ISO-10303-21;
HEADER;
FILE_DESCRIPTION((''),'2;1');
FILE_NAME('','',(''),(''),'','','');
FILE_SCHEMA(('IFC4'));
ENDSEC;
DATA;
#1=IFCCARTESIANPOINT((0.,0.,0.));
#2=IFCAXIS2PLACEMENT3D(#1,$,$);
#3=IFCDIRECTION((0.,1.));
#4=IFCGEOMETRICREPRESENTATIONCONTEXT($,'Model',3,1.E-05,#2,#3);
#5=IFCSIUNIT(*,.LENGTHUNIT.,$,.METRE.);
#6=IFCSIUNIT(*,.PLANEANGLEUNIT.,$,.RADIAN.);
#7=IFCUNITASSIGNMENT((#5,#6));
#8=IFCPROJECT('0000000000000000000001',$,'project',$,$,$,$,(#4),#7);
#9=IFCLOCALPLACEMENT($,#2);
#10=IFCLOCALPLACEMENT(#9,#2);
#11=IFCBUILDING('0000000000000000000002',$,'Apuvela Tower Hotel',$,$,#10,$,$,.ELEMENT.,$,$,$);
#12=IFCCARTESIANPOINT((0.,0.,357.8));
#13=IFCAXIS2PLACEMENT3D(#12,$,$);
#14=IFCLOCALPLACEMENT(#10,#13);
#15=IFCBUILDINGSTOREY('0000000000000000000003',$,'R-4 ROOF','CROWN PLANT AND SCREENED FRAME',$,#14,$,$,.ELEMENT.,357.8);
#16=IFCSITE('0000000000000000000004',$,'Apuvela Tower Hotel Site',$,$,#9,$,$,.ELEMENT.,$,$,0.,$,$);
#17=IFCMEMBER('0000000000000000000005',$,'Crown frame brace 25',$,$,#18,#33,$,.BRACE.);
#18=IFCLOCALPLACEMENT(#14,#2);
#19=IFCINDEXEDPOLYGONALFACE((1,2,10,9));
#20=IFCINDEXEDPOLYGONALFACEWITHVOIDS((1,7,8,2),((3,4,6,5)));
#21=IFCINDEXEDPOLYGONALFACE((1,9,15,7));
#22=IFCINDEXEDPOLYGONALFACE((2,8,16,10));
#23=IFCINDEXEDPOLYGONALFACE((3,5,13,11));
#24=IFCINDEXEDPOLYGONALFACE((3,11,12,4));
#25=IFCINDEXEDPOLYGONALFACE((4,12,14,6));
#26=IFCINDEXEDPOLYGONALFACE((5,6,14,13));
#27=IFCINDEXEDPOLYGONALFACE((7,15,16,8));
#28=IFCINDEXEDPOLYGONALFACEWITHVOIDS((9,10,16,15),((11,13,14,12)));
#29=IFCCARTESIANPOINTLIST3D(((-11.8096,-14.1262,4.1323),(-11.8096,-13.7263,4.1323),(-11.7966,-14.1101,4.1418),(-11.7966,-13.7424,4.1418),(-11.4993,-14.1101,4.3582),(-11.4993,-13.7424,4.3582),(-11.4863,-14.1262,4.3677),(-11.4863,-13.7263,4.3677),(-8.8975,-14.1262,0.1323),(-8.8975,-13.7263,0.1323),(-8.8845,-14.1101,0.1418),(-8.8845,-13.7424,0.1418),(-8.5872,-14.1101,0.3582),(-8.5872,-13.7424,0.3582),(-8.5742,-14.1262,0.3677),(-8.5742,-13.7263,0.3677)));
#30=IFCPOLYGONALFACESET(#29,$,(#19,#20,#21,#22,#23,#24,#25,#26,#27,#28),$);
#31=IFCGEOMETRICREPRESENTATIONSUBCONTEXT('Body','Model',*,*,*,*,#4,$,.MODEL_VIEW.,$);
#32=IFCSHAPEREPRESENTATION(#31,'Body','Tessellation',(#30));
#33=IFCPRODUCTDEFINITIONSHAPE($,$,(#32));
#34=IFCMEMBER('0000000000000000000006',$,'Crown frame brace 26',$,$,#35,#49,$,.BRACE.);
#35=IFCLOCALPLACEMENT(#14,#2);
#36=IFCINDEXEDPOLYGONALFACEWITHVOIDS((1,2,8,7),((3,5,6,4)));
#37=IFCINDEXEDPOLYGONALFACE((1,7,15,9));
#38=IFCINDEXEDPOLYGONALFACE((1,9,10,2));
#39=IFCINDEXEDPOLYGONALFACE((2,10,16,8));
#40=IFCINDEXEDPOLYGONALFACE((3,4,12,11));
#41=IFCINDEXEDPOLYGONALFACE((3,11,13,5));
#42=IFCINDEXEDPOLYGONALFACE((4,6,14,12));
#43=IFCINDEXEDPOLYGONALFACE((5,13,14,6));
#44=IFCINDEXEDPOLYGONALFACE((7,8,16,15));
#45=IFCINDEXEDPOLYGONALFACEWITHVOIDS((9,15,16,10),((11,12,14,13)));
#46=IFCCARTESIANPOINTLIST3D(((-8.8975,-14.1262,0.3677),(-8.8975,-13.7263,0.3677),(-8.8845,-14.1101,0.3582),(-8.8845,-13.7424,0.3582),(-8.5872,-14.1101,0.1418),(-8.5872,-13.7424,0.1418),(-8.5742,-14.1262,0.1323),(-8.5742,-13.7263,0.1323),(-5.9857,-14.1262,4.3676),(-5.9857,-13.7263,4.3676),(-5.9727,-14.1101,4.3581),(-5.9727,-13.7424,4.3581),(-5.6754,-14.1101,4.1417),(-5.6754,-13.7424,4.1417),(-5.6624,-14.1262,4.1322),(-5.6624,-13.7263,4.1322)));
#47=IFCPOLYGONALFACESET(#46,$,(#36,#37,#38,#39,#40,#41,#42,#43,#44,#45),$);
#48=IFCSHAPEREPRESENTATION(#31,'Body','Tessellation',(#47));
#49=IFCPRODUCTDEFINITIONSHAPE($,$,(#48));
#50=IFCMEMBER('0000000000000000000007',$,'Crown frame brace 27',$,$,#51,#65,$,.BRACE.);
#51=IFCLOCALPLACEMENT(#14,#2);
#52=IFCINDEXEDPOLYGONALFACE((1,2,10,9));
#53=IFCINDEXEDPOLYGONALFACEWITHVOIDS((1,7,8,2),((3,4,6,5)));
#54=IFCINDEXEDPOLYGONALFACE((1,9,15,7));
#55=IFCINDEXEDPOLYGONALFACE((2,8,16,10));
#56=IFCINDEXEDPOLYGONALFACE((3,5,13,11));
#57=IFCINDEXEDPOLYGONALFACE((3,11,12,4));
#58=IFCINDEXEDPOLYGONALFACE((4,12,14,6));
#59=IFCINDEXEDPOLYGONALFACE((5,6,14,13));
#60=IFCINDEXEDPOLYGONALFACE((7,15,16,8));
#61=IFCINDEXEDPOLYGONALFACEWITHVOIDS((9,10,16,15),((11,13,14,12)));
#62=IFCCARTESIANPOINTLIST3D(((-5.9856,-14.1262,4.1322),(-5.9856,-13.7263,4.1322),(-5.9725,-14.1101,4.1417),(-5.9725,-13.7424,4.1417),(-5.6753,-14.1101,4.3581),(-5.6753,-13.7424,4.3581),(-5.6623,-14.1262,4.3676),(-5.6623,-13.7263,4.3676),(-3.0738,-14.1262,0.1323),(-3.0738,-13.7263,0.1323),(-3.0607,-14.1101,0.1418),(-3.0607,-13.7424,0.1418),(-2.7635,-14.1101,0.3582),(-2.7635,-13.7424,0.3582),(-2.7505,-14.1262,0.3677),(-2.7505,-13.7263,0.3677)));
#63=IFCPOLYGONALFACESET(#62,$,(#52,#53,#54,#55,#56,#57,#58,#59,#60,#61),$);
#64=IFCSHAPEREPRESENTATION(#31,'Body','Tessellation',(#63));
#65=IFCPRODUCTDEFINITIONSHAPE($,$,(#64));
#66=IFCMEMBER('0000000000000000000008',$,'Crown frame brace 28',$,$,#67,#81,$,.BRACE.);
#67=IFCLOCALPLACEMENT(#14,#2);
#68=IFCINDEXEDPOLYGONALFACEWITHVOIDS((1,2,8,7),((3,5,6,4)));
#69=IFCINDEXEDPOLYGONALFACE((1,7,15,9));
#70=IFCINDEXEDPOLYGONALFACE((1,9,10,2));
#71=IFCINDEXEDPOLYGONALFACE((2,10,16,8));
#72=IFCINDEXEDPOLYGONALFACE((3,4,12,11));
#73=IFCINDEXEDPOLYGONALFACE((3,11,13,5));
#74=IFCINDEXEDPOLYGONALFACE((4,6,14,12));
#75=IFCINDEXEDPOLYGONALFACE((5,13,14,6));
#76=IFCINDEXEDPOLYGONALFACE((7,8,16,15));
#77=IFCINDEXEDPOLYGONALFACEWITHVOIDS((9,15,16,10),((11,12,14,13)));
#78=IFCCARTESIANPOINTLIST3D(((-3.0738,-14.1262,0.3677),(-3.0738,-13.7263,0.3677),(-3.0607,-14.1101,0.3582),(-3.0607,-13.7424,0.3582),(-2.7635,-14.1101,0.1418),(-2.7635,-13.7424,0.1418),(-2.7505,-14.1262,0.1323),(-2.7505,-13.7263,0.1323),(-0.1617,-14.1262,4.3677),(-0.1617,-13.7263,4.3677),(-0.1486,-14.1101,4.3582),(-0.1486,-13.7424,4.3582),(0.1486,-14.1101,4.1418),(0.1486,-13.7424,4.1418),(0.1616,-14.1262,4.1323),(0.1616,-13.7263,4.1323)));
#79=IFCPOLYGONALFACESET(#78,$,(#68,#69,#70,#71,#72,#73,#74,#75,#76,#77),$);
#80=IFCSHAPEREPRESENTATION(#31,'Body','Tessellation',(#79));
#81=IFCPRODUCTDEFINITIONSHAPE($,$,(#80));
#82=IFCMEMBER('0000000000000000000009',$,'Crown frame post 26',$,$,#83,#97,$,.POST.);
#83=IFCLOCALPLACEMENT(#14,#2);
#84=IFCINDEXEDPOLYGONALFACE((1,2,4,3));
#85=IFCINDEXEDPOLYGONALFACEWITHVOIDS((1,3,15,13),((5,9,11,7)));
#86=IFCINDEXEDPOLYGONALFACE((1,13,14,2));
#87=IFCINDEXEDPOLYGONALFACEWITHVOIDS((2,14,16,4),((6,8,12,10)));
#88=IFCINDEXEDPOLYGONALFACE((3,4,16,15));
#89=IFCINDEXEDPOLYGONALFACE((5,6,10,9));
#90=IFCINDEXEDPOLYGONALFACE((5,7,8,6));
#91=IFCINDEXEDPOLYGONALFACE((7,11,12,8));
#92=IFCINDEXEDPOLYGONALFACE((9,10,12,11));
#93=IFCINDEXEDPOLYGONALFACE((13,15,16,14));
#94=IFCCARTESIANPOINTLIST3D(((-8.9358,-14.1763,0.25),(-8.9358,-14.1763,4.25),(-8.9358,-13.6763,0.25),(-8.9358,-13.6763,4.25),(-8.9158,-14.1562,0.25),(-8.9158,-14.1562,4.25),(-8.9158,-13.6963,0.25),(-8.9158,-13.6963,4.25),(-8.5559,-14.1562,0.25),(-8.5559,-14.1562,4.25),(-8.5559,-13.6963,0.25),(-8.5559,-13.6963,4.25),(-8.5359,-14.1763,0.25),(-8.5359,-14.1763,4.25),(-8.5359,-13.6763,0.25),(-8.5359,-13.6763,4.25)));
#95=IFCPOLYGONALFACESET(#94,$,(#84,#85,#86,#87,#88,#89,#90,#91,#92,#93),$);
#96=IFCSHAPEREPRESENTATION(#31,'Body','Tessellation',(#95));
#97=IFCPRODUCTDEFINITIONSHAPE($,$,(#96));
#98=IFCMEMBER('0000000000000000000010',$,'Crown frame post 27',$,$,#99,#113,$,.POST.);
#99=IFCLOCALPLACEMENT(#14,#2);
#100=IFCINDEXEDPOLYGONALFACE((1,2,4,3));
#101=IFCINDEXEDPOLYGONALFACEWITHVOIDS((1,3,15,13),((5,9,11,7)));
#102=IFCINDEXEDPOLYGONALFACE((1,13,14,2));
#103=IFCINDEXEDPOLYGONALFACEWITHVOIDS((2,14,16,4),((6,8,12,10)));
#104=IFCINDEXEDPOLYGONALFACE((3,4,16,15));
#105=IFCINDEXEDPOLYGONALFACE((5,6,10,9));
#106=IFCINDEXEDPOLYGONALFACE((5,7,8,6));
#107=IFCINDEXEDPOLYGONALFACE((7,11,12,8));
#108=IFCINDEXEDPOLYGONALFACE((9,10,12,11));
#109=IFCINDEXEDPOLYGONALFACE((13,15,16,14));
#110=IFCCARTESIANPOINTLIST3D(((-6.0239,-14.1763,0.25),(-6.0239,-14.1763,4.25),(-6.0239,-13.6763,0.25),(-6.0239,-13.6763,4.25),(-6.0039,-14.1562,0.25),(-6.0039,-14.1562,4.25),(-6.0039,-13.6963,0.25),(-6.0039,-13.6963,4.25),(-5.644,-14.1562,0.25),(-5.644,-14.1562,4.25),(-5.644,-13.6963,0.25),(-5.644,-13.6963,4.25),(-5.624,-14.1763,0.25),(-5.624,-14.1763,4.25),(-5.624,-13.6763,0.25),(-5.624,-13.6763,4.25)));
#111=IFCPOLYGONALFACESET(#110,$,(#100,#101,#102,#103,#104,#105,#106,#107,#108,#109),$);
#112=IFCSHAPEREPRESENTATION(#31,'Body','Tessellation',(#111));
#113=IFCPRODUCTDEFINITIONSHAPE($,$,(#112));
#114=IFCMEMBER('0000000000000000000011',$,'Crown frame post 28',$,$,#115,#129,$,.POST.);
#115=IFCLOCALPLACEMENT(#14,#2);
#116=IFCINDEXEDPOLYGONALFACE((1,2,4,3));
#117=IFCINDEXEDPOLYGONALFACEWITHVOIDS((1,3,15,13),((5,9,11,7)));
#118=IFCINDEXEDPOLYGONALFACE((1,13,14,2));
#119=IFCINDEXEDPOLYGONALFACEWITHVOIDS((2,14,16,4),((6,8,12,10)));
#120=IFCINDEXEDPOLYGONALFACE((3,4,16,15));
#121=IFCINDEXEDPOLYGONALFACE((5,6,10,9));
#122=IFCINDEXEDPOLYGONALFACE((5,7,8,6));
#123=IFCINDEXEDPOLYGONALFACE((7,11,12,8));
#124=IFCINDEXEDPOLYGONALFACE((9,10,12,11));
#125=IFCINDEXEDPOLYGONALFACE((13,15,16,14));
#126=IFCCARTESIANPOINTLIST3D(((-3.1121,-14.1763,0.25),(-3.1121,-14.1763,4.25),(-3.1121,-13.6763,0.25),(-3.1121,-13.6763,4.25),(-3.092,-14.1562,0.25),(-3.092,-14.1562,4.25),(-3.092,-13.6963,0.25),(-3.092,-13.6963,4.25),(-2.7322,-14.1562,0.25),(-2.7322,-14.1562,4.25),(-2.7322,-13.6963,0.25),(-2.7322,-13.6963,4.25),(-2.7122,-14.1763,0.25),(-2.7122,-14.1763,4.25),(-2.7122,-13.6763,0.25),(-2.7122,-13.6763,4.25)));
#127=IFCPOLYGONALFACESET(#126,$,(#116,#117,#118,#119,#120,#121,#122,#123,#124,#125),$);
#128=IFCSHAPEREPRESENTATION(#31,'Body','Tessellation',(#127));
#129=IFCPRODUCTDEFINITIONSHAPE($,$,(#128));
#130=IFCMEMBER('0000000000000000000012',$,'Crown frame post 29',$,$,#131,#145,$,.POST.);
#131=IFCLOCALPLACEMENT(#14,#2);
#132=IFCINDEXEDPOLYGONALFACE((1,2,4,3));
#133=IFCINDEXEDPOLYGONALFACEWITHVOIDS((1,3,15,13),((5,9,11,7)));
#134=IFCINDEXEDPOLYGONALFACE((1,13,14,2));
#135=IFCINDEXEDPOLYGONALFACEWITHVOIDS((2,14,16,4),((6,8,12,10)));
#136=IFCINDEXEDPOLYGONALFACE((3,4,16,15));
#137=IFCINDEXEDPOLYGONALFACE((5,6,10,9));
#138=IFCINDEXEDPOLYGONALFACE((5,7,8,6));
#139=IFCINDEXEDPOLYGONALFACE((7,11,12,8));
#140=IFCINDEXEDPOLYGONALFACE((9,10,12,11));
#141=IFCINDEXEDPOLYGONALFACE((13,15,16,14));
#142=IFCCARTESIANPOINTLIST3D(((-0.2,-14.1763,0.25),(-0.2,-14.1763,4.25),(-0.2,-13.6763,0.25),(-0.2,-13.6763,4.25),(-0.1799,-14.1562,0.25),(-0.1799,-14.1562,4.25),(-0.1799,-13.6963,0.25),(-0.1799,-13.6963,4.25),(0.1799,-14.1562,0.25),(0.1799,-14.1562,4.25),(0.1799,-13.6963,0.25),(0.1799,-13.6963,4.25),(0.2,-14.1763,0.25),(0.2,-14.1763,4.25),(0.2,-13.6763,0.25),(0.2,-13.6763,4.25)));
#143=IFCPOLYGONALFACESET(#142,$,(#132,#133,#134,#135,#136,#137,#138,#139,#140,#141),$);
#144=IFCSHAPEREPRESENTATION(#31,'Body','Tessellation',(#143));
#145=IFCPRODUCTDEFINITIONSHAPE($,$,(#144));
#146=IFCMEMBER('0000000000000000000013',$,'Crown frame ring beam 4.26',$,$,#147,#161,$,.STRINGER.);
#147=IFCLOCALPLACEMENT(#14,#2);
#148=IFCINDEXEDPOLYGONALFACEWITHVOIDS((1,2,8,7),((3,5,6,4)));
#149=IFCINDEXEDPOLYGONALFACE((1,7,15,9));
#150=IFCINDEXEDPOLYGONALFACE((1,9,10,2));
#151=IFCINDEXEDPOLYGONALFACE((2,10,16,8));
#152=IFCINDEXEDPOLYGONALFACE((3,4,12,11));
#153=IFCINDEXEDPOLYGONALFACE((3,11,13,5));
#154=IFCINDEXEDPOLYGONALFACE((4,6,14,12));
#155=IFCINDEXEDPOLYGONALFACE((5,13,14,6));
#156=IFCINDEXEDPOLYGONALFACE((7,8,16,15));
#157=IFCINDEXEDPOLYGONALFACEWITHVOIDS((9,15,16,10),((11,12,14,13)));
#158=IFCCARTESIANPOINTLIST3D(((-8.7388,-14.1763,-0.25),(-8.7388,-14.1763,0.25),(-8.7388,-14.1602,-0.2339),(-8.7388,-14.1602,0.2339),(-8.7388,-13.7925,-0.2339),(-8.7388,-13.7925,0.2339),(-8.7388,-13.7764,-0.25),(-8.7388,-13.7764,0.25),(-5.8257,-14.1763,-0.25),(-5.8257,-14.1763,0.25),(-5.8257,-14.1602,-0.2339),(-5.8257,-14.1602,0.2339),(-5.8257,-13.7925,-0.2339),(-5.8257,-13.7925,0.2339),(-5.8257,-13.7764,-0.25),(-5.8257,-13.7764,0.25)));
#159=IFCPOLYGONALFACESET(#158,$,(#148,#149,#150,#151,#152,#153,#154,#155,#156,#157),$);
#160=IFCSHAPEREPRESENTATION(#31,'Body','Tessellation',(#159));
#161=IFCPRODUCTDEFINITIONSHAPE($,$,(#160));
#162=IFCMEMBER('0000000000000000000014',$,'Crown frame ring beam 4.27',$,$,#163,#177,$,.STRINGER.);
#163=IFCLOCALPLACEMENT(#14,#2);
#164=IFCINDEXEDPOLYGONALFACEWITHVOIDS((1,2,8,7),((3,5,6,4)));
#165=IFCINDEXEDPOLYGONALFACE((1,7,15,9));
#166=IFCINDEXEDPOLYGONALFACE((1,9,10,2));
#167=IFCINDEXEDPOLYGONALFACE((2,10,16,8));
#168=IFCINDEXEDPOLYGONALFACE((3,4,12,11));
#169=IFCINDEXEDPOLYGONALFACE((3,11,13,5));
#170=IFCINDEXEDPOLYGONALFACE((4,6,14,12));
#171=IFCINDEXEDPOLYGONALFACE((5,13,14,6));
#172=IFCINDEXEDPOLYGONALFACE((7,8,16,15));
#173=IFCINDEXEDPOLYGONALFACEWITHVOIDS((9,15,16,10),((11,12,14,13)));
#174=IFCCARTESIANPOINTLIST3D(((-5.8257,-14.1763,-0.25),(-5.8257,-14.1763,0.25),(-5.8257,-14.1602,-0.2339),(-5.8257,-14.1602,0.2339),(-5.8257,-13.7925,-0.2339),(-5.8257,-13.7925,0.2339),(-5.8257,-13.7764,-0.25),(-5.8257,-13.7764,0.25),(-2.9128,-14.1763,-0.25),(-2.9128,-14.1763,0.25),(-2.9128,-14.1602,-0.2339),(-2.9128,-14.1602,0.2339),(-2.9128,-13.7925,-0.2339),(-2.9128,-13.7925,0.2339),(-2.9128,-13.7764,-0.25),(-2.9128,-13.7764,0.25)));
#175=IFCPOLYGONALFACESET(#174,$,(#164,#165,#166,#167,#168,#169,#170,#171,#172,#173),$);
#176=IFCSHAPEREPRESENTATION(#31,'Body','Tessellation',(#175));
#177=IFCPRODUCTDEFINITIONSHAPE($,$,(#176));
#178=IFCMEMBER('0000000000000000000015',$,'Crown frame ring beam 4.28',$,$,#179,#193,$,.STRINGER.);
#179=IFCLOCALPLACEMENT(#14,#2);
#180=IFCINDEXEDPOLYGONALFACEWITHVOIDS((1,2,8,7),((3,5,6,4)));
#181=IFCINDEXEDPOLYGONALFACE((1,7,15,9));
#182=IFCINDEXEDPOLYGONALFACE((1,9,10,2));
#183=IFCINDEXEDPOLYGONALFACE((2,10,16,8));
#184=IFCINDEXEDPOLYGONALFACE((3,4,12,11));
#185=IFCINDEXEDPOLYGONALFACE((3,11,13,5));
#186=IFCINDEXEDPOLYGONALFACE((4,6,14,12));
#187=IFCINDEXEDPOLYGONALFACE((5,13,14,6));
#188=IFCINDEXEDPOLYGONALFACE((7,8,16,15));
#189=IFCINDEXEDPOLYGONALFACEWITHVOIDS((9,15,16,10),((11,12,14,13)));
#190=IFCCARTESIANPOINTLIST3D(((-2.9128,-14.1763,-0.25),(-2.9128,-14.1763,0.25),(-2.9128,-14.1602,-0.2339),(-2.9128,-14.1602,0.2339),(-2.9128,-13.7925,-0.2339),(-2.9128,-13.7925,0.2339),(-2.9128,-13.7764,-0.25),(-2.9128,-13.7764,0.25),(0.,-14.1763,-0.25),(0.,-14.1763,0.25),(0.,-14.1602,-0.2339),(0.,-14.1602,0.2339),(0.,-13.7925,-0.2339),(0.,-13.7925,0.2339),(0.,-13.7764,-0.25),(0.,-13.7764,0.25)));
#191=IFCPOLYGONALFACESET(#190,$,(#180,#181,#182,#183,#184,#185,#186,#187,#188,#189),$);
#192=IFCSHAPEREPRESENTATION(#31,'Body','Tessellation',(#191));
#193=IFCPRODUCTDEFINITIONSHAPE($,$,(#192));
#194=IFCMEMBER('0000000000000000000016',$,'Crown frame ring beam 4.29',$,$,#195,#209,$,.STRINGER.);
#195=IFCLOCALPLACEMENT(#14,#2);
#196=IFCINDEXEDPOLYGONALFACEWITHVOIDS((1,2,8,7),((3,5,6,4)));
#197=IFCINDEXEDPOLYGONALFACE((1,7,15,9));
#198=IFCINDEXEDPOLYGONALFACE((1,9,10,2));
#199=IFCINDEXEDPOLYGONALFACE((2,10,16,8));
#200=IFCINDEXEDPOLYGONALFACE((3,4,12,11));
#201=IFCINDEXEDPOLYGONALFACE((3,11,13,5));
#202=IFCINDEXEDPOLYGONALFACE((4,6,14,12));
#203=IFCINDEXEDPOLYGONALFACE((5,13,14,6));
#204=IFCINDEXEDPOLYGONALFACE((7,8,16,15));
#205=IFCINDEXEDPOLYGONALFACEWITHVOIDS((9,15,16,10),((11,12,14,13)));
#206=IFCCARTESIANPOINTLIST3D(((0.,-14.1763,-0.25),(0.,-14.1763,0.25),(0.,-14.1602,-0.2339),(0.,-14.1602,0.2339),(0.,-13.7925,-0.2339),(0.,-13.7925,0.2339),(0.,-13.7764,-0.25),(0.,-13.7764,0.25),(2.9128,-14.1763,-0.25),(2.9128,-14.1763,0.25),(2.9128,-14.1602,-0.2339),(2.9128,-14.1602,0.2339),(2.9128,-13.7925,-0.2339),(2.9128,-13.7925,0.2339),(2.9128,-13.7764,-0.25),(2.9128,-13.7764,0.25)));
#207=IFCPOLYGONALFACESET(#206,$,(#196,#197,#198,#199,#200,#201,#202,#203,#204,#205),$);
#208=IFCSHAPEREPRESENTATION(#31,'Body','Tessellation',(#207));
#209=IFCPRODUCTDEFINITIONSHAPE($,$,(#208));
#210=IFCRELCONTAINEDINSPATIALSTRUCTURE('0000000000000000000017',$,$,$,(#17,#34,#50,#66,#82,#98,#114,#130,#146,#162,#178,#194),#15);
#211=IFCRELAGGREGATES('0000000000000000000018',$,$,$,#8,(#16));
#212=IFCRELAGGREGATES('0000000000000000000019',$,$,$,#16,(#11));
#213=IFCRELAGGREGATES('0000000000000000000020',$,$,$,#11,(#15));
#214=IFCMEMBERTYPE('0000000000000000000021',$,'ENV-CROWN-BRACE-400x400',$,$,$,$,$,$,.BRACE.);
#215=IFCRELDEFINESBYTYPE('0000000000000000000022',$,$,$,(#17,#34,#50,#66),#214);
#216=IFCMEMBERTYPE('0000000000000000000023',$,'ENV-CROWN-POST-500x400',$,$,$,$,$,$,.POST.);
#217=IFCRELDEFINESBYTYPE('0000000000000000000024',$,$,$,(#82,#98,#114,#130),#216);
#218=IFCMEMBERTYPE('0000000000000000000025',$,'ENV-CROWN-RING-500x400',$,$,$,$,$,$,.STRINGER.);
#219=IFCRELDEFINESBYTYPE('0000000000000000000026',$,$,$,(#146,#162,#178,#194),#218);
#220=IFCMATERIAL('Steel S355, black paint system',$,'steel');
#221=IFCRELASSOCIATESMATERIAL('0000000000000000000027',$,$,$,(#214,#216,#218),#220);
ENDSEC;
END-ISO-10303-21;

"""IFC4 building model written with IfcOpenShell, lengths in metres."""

from ifc_helpers import new_model, si_unit, direction, frame, origin, origin_2d, place, context, subcontext, project, spatial, hollow_rectangle, extrude, material, material_profile, profile_set, type_object, element, save


model = new_model("IFC4")

# Units and contexts
model_context = context("Model", 3, precision=1e-05, world=origin(), true_north=direction((0.0, 1.0)))
body_context = subcontext(model_context, "Body", "Model", "MODEL_VIEW")
ifc_project = project(units=[si_unit("LENGTHUNIT", "METRE"), si_unit("PLANEANGLEUNIT", "RADIAN")], contexts=[model_context])

# Site, building, storey
site_placement = place(None, origin())
site = spatial("IfcSite", under=ifc_project, at=site_placement, Name="Apuvela Tower Hotel Site", CompositionType="ELEMENT", RefElevation=0.0)
building_placement = place(site_placement, origin())
building = spatial("IfcBuilding", under=site, at=building_placement, Name="Apuvela Tower Hotel", CompositionType="ELEMENT")
storey_placement = place(building_placement, frame((0.0, 0.0, 357.8)))
storey = spatial("IfcBuildingStorey", under=building, at=storey_placement, Name="R-4 ROOF", Description="CROWN PLANT AND SCREENED FRAME", CompositionType="ELEMENT", Elevation=357.8)

# Members
ifc_material_1 = material(Name="Steel S355, black paint system", Category="steel")
ifc_material_profile_1 = material_profile(ifc_material_1, hollow_rectangle(XDim=0.3999, YDim=0.3999, WallThickness=0.0161, at=origin_2d()), Name="HSS 400x400x16")
ifc_profile_set_1 = profile_set([ifc_material_profile_1], Name="Steel S355, black paint system")
member_type_1 = type_object("IfcMemberType", Name="ENV-CROWN-BRACE-400x400", PredefinedType="BRACE", material=ifc_profile_set_1)
member_1_placement = place(storey_placement, frame((-8.7358, -13.9263, 0.25), z_axis=(-0.588571, 0.0, 0.808446), x_axis=(0.0, -1.0, 0.0)))
element("IfcMember", 1, at=member_1_placement, inside=storey, type_object=member_type_1, Name="Crown frame brace 25", PredefinedType="BRACE", context=body_context, shape_type="SweptSolid", body=[
    extrude(hollow_rectangle(XDim=0.3999, YDim=0.3999, WallThickness=0.0161, at=origin_2d()), origin(), (0.0, 0.0, 1.0), 4.9478),
])
for number, where, z_axis, x_axis, name in (
    (2, (-8.7358, -13.9263, 0.25), (0.588538, 0.0, 0.808469), (0.0, 1.0, 0.0), "Crown frame brace 26"),
    (3, (-2.9121, -13.9263, 0.25), (-0.588538, 0.0, 0.808469), (0.0, -1.0, 0.0), "Crown frame brace 27"),
):
    element("IfcMember", number, at=place(storey_placement, frame(where, z_axis=z_axis, x_axis=x_axis)), inside=storey, type_object=member_type_1, Name=name, PredefinedType="BRACE", context=body_context, shape_type="SweptSolid", body=[
        extrude(hollow_rectangle(XDim=0.3999, YDim=0.3999, WallThickness=0.0161, at=origin_2d()), origin(), (0.0, 0.0, 1.0), 4.9475),
    ])
member_2_placement = place(storey_placement, frame((-2.9121, -13.9263, 0.25), z_axis=(0.588571, 0.0, 0.808446), x_axis=(0.0, 1.0, 0.0)))
element("IfcMember", 4, at=member_2_placement, inside=storey, type_object=member_type_1, Name="Crown frame brace 28", PredefinedType="BRACE", context=body_context, shape_type="SweptSolid", body=[
    extrude(hollow_rectangle(XDim=0.3999, YDim=0.3999, WallThickness=0.0161, at=origin_2d()), origin(), (0.0, 0.0, 1.0), 4.9478),
])
ifc_material_profile_2 = material_profile(ifc_material_1, hollow_rectangle(XDim=0.3999, YDim=0.5, WallThickness=0.02, at=origin_2d()), Name="HSS 500x400x20")
ifc_profile_set_2 = profile_set([ifc_material_profile_2], Name="Steel S355, black paint system")
member_type_2 = type_object("IfcMemberType", Name="ENV-CROWN-POST-500x400", PredefinedType="POST", material=ifc_profile_set_2)
for number, where, z_axis, x_axis, name in (
    (5, (-8.7358, -13.9263, 0.25), (0.0, 0.0, 1.0), (1.0, 0.0, 0.0), "Crown frame post 26"),
    (6, (-5.824, -13.9263, 0.25), (0.0, 0.0, 1.0), (1.0, 0.0, 0.0), "Crown frame post 27"),
    (7, (-2.9121, -13.9263, 0.25), (0.0, 0.0, 1.0), (1.0, 0.0, 0.0), "Crown frame post 28"),
    (8, (0.0, -13.9263, 0.25), (0.0, 0.0, 1.0), (1.0, 0.0, 0.0), "Crown frame post 29"),
):
    element("IfcMember", number, at=place(storey_placement, frame(where, z_axis=z_axis, x_axis=x_axis)), inside=storey, type_object=member_type_2, Name=name, PredefinedType="POST", context=body_context, shape_type="SweptSolid", body=[
        extrude(hollow_rectangle(XDim=0.3999, YDim=0.5, WallThickness=0.02, at=origin_2d()), origin(), (0.0, 0.0, 1.0), 4.0),
    ])
ifc_material_profile_3 = material_profile(ifc_material_1, hollow_rectangle(XDim=0.3999, YDim=0.5, WallThickness=0.0161, at=origin_2d()), Name="HSS 500x400x16")
ifc_profile_set_3 = profile_set([ifc_material_profile_3], Name="Steel S355, black paint system")
member_type_3 = type_object("IfcMemberType", Name="ENV-CROWN-RING-500x400", PredefinedType="STRINGER", material=ifc_profile_set_3)
member_3_placement = place(storey_placement, frame((-8.7388, -13.9763, 0.0), z_axis=(1.0, 0.0, 0.0), x_axis=(0.0, 1.0, 0.0)))
element("IfcMember", 9, at=member_3_placement, inside=storey, type_object=member_type_3, Name="Crown frame ring beam 4.26", PredefinedType="STRINGER", context=body_context, shape_type="SweptSolid", body=[
    extrude(hollow_rectangle(XDim=0.3999, YDim=0.5, WallThickness=0.0161, at=origin_2d()), origin(), (0.0, 0.0, 1.0), 2.9131),
])
for number, where, z_axis, x_axis, name in (
    (10, (-5.8257, -13.9763, 0.0), (1.0, 0.0, 0.0), (0.0, 1.0, 0.0), "Crown frame ring beam 4.27"),
    (11, (-2.9128, -13.9763, 0.0), (1.0, 0.0, 0.0), (0.0, 1.0, 0.0), "Crown frame ring beam 4.28"),
    (12, (0.0, -13.9763, 0.0), (1.0, 0.0, 0.0), (0.0, 1.0, 0.0), "Crown frame ring beam 4.29"),
):
    element("IfcMember", number, at=place(storey_placement, frame(where, z_axis=z_axis, x_axis=x_axis)), inside=storey, type_object=member_type_3, Name=name, PredefinedType="STRINGER", context=body_context, shape_type="SweptSolid", body=[
        extrude(hollow_rectangle(XDim=0.3999, YDim=0.5, WallThickness=0.0161, at=origin_2d()), origin(), (0.0, 0.0, 1.0), 2.9128),
    ])

save(model, "model.ifc")
